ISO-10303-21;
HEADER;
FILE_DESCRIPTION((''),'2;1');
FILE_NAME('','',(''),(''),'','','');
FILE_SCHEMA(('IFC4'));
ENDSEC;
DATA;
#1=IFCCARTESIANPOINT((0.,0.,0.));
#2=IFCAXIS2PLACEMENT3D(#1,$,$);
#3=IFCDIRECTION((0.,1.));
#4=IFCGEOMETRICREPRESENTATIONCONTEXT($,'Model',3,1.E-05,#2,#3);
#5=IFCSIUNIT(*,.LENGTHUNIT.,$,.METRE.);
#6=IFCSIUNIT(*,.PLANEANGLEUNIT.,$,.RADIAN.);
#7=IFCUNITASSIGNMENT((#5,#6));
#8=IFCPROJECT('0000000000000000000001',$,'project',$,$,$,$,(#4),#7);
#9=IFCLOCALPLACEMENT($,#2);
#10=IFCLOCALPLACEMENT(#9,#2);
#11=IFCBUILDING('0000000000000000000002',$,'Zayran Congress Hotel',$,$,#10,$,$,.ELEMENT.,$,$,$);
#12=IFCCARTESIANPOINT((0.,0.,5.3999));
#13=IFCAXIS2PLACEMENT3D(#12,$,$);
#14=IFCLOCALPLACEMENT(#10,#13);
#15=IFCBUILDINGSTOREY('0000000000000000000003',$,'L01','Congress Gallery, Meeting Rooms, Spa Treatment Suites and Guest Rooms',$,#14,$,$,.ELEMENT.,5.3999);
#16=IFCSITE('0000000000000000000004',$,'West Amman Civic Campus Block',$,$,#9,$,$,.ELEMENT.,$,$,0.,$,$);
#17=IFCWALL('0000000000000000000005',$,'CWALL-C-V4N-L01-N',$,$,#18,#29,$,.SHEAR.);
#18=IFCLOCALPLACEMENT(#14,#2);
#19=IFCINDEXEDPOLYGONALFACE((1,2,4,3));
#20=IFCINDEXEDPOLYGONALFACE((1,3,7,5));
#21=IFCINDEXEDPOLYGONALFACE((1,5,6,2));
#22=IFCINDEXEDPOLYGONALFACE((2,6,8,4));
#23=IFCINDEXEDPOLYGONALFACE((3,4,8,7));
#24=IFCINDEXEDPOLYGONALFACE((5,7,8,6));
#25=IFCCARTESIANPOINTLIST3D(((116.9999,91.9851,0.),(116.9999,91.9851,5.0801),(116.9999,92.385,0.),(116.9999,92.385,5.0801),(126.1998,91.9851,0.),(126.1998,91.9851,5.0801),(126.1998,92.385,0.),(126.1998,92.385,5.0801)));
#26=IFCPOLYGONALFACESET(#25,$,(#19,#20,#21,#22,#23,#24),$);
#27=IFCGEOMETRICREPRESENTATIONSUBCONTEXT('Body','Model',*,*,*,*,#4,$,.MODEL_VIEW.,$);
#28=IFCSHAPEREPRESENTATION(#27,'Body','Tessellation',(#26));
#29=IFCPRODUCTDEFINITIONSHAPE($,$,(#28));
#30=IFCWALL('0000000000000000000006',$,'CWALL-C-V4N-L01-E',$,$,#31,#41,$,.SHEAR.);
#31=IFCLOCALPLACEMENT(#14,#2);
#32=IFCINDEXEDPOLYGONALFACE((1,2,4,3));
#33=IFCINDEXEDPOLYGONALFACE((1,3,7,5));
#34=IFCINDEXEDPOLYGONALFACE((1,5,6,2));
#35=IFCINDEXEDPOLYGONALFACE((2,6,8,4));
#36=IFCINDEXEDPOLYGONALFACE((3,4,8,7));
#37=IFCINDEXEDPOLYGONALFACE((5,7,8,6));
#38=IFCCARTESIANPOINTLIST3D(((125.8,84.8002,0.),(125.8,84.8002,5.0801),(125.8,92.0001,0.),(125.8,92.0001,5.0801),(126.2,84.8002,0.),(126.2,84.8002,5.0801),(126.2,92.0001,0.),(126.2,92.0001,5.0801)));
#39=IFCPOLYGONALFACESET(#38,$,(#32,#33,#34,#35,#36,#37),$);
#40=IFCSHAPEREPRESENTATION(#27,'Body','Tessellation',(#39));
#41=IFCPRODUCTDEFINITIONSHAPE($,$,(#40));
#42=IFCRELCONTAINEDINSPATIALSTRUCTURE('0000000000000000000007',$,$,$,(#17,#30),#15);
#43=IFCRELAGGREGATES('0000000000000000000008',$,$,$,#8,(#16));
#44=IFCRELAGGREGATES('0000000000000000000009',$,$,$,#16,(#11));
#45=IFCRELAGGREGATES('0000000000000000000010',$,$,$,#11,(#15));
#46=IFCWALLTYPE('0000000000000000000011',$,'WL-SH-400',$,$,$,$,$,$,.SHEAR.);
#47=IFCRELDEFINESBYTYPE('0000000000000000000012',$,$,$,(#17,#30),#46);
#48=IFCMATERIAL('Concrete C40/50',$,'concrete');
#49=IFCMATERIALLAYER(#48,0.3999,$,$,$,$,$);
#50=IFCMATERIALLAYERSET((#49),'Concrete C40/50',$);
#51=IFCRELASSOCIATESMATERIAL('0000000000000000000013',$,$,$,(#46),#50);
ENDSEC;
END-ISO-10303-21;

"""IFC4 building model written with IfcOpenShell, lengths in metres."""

from ifc_helpers import new_model, si_unit, direction, frame, frame_2d, origin, place, context, subcontext, project, spatial, rectangle, extrude, material, layer, layer_set, type_object, element, save


model = new_model("IFC4")

# Units and contexts
model_context = context("Model", 3, precision=1e-05, world=origin(), true_north=direction((0.0, 1.0)))
body_context = subcontext(model_context, "Body", "Model", "MODEL_VIEW")
ifc_project = project(units=[si_unit("LENGTHUNIT", "METRE"), si_unit("PLANEANGLEUNIT", "RADIAN")], contexts=[model_context])

# Site, building, storey
site_placement = place(None, origin())
site = spatial("IfcSite", under=ifc_project, at=site_placement, Name="West Amman Civic Campus Block", CompositionType="ELEMENT", RefElevation=0.0)
building_placement = place(site_placement, origin())
building = spatial("IfcBuilding", under=site, at=building_placement, Name="Zayran Congress Hotel", CompositionType="ELEMENT")
storey_placement = place(building_placement, frame((0.0, 0.0, 5.3999)))
storey = spatial("IfcBuildingStorey", under=building, at=storey_placement, Name="L01", Description="Congress Gallery, Meeting Rooms, Spa Treatment Suites and Guest Rooms", CompositionType="ELEMENT", Elevation=5.3999)

# Shared definitions
ifc_material_1 = material(Name="Concrete C40/50", Category="concrete")

# Walls
ifc_layer = layer(ifc_material_1, 0.3999)
ifc_layer_set = layer_set([ifc_layer], Name="Concrete C40/50")
wall_type = type_object("IfcWallType", Name="WL-SH-400", PredefinedType="SHEAR", material=ifc_layer_set)
wall_1_placement = place(storey_placement, frame((126.2, 92.1851, 0.0), z_axis=(0.0, 0.0, 1.0), x_axis=(-1.0, 0.0, 0.0)))
element("IfcWall", 1, at=wall_1_placement, inside=storey, type_object=wall_type, Name="CWALL-C-V4N-L01-N", PredefinedType="SHEAR", context=body_context, shape_type="SweptSolid", body=[
    extrude(rectangle(XDim=9.2, YDim=0.3999, at=frame_2d((4.6001, 0.0))), origin(), (0.0, 0.0, 1.0), 5.0801),
])
wall_2_placement = place(storey_placement, frame((126.0, 84.8, 0.0), z_axis=(0.0, 0.0, 1.0), x_axis=(0.0, 1.0, 0.0)))
element("IfcWall", 2, at=wall_2_placement, inside=storey, type_object=wall_type, Name="CWALL-C-V4N-L01-E", PredefinedType="SHEAR", context=body_context, shape_type="SweptSolid", body=[
    extrude(rectangle(XDim=7.2, YDim=0.3999, at=frame_2d((3.6001, 0.0))), origin(), (0.0, 0.0, 1.0), 5.0801),
])

save(model, "model.ifc")
